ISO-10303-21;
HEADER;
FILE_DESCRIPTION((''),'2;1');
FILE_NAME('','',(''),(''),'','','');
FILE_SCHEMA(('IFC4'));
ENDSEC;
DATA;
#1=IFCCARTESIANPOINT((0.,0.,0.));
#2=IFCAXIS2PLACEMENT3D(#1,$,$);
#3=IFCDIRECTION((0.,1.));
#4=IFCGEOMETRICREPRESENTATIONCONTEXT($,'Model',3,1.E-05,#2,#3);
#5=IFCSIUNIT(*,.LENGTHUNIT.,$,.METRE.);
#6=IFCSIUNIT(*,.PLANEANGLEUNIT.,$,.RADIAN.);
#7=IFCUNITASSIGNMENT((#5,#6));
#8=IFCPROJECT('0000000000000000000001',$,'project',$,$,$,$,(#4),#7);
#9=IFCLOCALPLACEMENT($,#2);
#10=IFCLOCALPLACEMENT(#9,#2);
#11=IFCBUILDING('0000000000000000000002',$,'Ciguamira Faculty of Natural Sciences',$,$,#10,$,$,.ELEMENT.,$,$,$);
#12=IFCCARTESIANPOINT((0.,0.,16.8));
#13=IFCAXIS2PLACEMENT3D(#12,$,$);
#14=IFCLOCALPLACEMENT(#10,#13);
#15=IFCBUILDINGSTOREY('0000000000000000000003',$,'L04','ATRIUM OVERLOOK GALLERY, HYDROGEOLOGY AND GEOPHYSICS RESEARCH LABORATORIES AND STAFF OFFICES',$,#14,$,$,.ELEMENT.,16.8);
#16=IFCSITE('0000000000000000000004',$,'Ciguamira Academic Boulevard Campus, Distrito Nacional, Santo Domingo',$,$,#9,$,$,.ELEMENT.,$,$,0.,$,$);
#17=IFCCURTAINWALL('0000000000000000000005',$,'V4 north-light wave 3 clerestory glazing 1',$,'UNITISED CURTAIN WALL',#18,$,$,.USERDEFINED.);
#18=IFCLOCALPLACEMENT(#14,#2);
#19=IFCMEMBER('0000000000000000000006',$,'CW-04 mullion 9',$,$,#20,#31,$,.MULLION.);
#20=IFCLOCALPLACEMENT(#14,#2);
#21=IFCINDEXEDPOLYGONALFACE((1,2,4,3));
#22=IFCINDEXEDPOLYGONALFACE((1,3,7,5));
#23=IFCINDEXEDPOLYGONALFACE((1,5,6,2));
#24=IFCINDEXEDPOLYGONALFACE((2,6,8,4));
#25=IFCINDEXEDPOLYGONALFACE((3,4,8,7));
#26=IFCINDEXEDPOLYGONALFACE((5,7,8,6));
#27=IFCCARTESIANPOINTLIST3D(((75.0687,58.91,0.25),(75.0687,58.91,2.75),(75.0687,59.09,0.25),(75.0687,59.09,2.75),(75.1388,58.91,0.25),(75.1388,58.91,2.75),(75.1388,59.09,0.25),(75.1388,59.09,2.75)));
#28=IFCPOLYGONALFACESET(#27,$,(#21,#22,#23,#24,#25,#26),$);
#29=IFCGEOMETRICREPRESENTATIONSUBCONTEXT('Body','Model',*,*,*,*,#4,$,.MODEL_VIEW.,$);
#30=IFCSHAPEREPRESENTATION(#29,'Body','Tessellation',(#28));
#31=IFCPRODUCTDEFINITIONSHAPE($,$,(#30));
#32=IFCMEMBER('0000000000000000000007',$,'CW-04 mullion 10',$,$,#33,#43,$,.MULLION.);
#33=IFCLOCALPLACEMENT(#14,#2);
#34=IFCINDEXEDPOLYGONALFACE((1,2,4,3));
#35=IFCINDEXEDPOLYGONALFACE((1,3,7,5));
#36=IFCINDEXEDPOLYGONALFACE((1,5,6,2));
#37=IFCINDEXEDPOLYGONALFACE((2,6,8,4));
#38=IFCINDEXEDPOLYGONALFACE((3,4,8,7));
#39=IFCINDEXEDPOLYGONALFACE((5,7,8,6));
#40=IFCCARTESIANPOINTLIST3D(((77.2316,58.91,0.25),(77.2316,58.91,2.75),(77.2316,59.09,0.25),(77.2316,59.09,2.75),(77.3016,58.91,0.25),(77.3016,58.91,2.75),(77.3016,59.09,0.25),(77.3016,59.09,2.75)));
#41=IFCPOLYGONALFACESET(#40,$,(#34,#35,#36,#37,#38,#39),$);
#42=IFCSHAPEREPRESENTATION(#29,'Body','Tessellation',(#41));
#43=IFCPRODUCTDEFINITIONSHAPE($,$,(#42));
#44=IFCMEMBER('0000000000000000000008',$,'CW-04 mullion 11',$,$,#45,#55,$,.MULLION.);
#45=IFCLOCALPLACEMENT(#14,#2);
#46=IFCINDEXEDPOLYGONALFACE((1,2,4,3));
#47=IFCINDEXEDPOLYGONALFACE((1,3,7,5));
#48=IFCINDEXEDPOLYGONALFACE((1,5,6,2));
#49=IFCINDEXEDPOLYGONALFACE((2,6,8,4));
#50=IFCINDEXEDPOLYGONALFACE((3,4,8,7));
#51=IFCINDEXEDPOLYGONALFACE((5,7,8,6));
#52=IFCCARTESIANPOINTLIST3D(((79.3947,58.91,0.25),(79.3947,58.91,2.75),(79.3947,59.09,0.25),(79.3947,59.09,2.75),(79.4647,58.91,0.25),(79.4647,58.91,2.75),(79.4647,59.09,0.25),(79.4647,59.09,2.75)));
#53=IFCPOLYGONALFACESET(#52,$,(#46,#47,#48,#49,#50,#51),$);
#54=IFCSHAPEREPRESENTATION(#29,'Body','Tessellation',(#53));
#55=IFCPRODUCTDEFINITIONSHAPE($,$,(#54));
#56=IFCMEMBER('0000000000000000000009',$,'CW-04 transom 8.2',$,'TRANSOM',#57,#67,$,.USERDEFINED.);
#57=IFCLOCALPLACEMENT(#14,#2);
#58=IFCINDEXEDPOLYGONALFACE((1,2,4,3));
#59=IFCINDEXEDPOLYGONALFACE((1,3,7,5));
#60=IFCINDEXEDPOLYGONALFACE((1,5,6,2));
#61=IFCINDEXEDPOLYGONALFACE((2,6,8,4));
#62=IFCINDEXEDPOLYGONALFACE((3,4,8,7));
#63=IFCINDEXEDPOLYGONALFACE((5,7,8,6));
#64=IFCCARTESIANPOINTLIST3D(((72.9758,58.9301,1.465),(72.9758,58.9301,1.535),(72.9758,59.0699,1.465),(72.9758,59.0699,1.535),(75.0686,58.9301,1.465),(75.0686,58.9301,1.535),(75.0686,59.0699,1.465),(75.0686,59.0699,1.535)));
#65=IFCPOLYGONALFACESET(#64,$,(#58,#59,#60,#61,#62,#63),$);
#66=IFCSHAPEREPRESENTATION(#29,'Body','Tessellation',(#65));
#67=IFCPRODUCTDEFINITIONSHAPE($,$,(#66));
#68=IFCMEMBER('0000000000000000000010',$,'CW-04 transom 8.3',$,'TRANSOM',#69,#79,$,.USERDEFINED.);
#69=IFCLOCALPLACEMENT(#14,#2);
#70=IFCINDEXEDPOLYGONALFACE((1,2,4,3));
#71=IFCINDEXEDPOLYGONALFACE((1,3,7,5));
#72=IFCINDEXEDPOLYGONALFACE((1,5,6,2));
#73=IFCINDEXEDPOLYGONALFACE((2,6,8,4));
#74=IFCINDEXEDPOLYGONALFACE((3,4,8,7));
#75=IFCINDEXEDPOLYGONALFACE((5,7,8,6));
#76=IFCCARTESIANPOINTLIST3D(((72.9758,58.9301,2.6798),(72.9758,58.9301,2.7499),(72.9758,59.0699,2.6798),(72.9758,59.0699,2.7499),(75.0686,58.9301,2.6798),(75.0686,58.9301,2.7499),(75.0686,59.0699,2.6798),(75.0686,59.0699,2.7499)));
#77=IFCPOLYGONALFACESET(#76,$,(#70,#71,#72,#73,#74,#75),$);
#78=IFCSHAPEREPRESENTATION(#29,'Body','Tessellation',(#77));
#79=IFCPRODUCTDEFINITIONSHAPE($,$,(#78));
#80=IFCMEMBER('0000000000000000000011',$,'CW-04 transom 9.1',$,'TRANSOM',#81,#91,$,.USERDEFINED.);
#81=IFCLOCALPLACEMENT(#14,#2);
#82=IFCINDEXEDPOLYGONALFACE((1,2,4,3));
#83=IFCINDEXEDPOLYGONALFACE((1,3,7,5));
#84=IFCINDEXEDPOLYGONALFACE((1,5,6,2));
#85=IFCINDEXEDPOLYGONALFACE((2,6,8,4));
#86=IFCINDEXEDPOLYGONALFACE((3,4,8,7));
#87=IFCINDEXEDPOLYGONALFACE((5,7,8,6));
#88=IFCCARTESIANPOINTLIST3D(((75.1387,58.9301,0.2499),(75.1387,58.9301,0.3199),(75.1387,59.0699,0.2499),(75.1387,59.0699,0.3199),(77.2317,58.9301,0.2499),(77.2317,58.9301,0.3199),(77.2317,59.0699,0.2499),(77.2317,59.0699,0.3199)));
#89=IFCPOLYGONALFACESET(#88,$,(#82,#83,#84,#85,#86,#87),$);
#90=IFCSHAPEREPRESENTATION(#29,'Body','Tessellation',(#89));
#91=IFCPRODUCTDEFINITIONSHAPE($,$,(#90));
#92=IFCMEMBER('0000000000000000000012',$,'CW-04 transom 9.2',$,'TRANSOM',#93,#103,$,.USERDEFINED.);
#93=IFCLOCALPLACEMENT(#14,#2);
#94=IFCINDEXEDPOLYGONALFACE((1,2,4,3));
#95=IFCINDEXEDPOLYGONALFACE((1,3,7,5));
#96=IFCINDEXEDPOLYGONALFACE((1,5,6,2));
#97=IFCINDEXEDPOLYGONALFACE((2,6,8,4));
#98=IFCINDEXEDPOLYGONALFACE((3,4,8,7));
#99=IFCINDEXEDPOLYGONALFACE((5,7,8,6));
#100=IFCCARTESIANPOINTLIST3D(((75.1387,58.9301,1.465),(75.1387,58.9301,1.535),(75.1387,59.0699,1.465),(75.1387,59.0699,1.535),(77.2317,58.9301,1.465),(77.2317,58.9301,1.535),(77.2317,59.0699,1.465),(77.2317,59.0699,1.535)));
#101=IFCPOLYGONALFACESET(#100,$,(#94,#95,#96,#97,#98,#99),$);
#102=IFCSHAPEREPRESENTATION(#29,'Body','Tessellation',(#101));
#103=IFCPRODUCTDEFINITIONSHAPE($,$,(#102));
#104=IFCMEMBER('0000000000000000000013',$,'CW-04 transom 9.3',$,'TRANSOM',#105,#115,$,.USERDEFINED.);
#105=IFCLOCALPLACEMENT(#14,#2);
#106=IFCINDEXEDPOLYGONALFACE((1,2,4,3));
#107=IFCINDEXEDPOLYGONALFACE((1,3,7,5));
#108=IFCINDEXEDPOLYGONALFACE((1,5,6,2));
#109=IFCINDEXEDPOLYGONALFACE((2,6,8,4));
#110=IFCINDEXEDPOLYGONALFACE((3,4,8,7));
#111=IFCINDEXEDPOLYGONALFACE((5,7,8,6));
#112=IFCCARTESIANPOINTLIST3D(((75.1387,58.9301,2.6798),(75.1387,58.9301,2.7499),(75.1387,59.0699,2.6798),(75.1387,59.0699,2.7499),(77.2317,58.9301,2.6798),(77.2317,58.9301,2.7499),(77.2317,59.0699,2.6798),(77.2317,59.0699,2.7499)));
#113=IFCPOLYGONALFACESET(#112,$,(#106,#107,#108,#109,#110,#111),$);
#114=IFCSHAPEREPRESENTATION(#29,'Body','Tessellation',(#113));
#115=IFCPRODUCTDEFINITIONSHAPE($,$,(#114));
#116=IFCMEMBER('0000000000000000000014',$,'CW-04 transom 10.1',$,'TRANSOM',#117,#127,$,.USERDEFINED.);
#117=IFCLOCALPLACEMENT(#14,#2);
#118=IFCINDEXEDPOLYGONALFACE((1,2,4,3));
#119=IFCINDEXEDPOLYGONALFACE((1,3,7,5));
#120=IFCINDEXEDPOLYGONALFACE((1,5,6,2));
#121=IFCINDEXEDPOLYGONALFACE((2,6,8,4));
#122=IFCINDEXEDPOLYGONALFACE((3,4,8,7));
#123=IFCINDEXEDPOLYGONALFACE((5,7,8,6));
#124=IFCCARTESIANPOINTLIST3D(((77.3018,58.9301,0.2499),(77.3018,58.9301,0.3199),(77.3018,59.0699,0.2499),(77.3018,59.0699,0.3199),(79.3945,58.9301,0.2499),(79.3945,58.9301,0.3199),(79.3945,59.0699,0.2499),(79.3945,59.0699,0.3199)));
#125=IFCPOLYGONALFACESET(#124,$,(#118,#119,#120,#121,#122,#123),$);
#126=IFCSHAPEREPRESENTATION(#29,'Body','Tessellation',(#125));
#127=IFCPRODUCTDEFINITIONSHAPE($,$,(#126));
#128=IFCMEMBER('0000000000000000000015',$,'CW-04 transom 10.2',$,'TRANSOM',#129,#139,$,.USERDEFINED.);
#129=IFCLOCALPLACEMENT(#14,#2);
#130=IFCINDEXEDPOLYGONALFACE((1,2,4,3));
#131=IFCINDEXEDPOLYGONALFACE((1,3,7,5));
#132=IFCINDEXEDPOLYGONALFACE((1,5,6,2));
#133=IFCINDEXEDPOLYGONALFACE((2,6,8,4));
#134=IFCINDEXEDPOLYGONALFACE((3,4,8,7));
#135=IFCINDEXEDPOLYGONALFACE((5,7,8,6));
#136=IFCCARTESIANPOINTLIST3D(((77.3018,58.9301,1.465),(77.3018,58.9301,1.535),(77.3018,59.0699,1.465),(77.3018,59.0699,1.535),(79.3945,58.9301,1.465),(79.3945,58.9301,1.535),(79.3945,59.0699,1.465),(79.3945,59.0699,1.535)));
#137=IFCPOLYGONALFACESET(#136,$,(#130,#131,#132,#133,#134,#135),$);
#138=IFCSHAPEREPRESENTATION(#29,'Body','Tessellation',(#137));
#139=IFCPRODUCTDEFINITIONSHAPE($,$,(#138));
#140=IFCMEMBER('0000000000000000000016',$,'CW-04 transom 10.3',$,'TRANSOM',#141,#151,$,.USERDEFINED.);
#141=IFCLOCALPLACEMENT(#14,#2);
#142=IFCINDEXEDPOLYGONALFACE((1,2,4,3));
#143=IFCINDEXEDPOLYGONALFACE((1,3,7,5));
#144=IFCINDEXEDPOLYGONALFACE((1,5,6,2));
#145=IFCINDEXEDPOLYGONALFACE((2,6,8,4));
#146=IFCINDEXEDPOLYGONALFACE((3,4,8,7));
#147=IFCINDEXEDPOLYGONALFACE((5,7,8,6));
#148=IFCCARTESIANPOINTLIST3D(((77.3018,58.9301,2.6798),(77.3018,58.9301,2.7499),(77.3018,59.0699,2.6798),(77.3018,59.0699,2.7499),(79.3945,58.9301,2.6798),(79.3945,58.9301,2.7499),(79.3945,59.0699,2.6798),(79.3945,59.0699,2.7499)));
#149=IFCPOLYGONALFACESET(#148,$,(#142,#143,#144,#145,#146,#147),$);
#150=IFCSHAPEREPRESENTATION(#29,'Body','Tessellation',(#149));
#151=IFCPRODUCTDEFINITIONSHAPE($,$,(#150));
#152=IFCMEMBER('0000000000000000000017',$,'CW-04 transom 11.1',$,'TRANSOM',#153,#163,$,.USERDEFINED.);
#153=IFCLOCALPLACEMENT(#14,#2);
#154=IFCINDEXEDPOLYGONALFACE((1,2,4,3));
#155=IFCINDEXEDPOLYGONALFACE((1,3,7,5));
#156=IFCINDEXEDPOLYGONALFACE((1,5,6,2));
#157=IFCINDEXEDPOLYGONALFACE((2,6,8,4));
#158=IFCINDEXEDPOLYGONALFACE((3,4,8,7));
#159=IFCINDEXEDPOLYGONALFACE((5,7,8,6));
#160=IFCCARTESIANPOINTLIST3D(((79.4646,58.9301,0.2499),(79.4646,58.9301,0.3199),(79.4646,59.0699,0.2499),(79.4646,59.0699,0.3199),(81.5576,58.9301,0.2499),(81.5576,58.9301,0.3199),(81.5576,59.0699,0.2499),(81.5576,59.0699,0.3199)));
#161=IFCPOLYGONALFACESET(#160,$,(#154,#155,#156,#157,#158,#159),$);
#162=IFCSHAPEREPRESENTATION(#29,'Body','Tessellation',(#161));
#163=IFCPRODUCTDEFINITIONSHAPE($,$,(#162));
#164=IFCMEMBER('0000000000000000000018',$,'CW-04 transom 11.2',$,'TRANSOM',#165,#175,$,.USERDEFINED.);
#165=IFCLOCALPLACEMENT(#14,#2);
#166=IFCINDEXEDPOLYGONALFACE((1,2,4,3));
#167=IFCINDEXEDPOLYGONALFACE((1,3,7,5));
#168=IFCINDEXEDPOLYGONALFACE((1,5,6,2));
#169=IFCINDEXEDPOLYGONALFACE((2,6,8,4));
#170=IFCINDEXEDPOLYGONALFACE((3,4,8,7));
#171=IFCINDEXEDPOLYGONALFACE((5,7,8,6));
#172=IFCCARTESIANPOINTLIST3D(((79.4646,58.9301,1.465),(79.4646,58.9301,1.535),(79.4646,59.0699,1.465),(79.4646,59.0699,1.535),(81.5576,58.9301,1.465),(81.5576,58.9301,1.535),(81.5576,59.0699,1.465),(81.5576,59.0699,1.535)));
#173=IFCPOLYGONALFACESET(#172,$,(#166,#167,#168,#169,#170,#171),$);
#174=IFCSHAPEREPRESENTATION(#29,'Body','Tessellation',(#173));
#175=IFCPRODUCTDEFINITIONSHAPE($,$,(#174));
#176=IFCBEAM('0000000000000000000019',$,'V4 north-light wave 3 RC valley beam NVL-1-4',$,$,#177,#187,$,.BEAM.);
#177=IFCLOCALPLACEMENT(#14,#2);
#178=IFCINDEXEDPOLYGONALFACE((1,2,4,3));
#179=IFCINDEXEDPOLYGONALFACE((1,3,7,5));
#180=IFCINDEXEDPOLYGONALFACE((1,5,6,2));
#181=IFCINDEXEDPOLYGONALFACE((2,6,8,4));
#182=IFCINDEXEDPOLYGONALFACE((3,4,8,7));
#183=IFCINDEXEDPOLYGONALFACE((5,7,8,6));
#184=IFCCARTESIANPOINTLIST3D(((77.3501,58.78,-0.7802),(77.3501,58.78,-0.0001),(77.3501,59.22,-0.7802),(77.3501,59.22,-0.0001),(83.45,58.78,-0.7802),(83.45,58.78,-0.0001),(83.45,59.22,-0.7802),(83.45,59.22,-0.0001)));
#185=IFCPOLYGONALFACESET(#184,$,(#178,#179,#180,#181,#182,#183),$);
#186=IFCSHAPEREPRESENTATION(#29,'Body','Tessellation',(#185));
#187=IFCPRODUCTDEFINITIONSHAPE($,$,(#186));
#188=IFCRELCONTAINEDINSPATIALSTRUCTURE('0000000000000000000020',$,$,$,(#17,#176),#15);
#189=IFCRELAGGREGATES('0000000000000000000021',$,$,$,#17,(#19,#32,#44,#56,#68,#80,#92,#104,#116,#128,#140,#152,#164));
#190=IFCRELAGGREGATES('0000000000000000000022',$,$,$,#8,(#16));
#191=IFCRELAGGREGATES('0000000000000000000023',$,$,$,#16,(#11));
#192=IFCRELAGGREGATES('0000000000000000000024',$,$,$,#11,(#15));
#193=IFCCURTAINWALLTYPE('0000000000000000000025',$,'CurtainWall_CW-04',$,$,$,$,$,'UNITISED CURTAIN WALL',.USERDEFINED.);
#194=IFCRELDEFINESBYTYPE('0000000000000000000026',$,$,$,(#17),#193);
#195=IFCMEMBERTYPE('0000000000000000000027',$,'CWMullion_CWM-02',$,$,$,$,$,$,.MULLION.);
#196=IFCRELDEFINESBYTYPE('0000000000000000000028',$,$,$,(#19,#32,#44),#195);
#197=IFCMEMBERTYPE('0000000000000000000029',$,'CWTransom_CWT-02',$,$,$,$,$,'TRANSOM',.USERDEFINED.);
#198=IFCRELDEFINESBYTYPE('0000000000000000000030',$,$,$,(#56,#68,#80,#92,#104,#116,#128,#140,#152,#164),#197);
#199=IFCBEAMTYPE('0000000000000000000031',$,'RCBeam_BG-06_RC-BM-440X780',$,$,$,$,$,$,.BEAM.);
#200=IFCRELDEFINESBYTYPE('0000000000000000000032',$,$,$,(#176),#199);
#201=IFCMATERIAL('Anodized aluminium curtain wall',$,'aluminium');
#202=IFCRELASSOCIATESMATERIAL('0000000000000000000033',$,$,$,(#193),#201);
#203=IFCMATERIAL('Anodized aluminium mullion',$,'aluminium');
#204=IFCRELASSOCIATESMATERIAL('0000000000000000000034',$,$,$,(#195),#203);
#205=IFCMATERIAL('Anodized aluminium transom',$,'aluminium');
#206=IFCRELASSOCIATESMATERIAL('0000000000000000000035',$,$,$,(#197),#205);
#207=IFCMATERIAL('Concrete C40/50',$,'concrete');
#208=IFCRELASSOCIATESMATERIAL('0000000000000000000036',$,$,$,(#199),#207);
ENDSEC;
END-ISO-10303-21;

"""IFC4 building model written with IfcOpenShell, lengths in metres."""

from ifc_helpers import new_model, si_unit, direction, frame, origin, origin_2d, place, context, subcontext, project, spatial, rectangle, extrude, material, material_profile, profile_set, type_object, element, aggregate, save


model = new_model("IFC4")

# Units and contexts
model_context = context("Model", 3, precision=1e-05, world=origin(), true_north=direction((0.0, 1.0)))
body_context = subcontext(model_context, "Body", "Model", "MODEL_VIEW")
ifc_project = project(units=[si_unit("LENGTHUNIT", "METRE"), si_unit("PLANEANGLEUNIT", "RADIAN")], contexts=[model_context])

# Site, building, storey
site_placement = place(None, origin())
site = spatial("IfcSite", under=ifc_project, at=site_placement, Name="Ciguamira Academic Boulevard Campus, Distrito Nacional, Santo Domingo", CompositionType="ELEMENT", RefElevation=0.0)
building_placement = place(site_placement, origin())
building = spatial("IfcBuilding", under=site, at=building_placement, Name="Ciguamira Faculty of Natural Sciences", CompositionType="ELEMENT")
storey_placement = place(building_placement, frame((0.0, 0.0, 16.8)))
storey = spatial("IfcBuildingStorey", under=building, at=storey_placement, Name="L04", Description="ATRIUM OVERLOOK GALLERY, HYDROGEOLOGY AND GEOPHYSICS RESEARCH LABORATORIES AND STAFF OFFICES", CompositionType="ELEMENT", Elevation=16.8)

# Curtain wall, members
ifc_material_1 = material(Name="Anodized aluminium curtain wall", Category="aluminium")
curtain_wall_type = type_object("IfcCurtainWallType", Name="CurtainWall_CW-04", ElementType="UNITISED CURTAIN WALL", PredefinedType="USERDEFINED", material=ifc_material_1)
curtain_wall_placement = place(storey_placement, origin())
curtain_wall = element("IfcCurtainWall", 1, at=curtain_wall_placement, inside=storey, type_object=curtain_wall_type, Name="V4 north-light wave 3 clerestory glazing 1", ObjectType="UNITISED CURTAIN WALL", PredefinedType="USERDEFINED")
ifc_material_2 = material(Name="Anodized aluminium mullion", Category="aluminium")
ifc_material_profile_1 = material_profile(ifc_material_2, rectangle(XDim=0.0701, YDim=0.1799, at=origin_2d()), Name="ALU-MUL-70X180")
ifc_profile_set_1 = profile_set([ifc_material_profile_1], Name="Anodized aluminium mullion")
member_type_1 = type_object("IfcMemberType", Name="CWMullion_CWM-02", PredefinedType="MULLION", material=ifc_profile_set_1)
member_1_placement = place(storey_placement, frame((75.1038, 59.0, 0.25), z_axis=(0.0, 0.0, 1.0), x_axis=(1.0, 0.0, 0.0)))
member_1 = element("IfcMember", 2, at=member_1_placement, type_object=member_type_1, Name="CW-04 mullion 9", PredefinedType="MULLION", context=body_context, shape_type="SweptSolid", body=[
    extrude(rectangle(XDim=0.0701, YDim=0.1799, at=origin_2d()), origin(), (0.0, 0.0, 1.0), 2.5),
])
member_2_placement = place(storey_placement, frame((77.2666, 59.0, 0.25), z_axis=(0.0, 0.0, 1.0), x_axis=(1.0, 0.0, 0.0)))
member_2 = element("IfcMember", 3, at=member_2_placement, type_object=member_type_1, Name="CW-04 mullion 10", PredefinedType="MULLION", context=body_context, shape_type="SweptSolid", body=[
    extrude(rectangle(XDim=0.0701, YDim=0.1799, at=origin_2d()), origin(), (0.0, 0.0, 1.0), 2.5),
])
member_3_placement = place(storey_placement, frame((79.4297, 59.0, 0.25), z_axis=(0.0, 0.0, 1.0), x_axis=(1.0, 0.0, 0.0)))
member_3 = element("IfcMember", 4, at=member_3_placement, type_object=member_type_1, Name="CW-04 mullion 11", PredefinedType="MULLION", context=body_context, shape_type="SweptSolid", body=[
    extrude(rectangle(XDim=0.0701, YDim=0.1799, at=origin_2d()), origin(), (0.0, 0.0, 1.0), 2.5),
])
ifc_material_3 = material(Name="Anodized aluminium transom", Category="aluminium")
ifc_material_profile_2 = material_profile(ifc_material_3, rectangle(XDim=0.0701, YDim=0.1399, at=origin_2d()), Name="ALU-TRN-70X140")
ifc_profile_set_2 = profile_set([ifc_material_profile_2], Name="Anodized aluminium transom")
member_type_2 = type_object("IfcMemberType", Name="CWTransom_CWT-02", ElementType="TRANSOM", PredefinedType="USERDEFINED", material=ifc_profile_set_2)
member_4_placement = place(storey_placement, frame((72.9758, 59.0, 1.5), z_axis=(1.0, 0.0, 0.0), x_axis=(0.0, 0.0, 1.0)))
member_4 = element("IfcMember", 5, at=member_4_placement, type_object=member_type_2, Name="CW-04 transom 8.2", ObjectType="TRANSOM", PredefinedType="USERDEFINED", context=body_context, shape_type="SweptSolid", body=[
    extrude(rectangle(XDim=0.0701, YDim=0.1399, at=origin_2d()), origin(), (0.0, 0.0, 1.0), 2.0928),
])
member_5_placement = place(storey_placement, frame((72.9758, 59.0, 2.7148), z_axis=(1.0, 0.0, 0.0), x_axis=(0.0, 0.0, 1.0)))
member_5 = element("IfcMember", 6, at=member_5_placement, type_object=member_type_2, Name="CW-04 transom 8.3", ObjectType="TRANSOM", PredefinedType="USERDEFINED", context=body_context, shape_type="SweptSolid", body=[
    extrude(rectangle(XDim=0.0701, YDim=0.1399, at=origin_2d()), origin(), (0.0, 0.0, 1.0), 2.0928),
])
member_6_placement = place(storey_placement, frame((75.1387, 59.0, 0.2849), z_axis=(1.0, 0.0, 0.0), x_axis=(0.0, 0.0, 1.0)))
member_6 = element("IfcMember", 7, at=member_6_placement, type_object=member_type_2, Name="CW-04 transom 9.1", ObjectType="TRANSOM", PredefinedType="USERDEFINED", context=body_context, shape_type="SweptSolid", body=[
    extrude(rectangle(XDim=0.0701, YDim=0.1399, at=origin_2d()), origin(), (0.0, 0.0, 1.0), 2.093),
])
member_7_placement = place(storey_placement, frame((75.1387, 59.0, 1.5), z_axis=(1.0, 0.0, 0.0), x_axis=(0.0, 0.0, 1.0)))
member_7 = element("IfcMember", 8, at=member_7_placement, type_object=member_type_2, Name="CW-04 transom 9.2", ObjectType="TRANSOM", PredefinedType="USERDEFINED", context=body_context, shape_type="SweptSolid", body=[
    extrude(rectangle(XDim=0.0701, YDim=0.1399, at=origin_2d()), origin(), (0.0, 0.0, 1.0), 2.093),
])
member_8_placement = place(storey_placement, frame((75.1387, 59.0, 2.7148), z_axis=(1.0, 0.0, 0.0), x_axis=(0.0, 0.0, 1.0)))
member_8 = element("IfcMember", 9, at=member_8_placement, type_object=member_type_2, Name="CW-04 transom 9.3", ObjectType="TRANSOM", PredefinedType="USERDEFINED", context=body_context, shape_type="SweptSolid", body=[
    extrude(rectangle(XDim=0.0701, YDim=0.1399, at=origin_2d()), origin(), (0.0, 0.0, 1.0), 2.093),
])
member_9_placement = place(storey_placement, frame((77.3018, 59.0, 0.2849), z_axis=(1.0, 0.0, 0.0), x_axis=(0.0, 0.0, 1.0)))
member_9 = element("IfcMember", 10, at=member_9_placement, type_object=member_type_2, Name="CW-04 transom 10.1", ObjectType="TRANSOM", PredefinedType="USERDEFINED", context=body_context, shape_type="SweptSolid", body=[
    extrude(rectangle(XDim=0.0701, YDim=0.1399, at=origin_2d()), origin(), (0.0, 0.0, 1.0), 2.0928),
])
member_10_placement = place(storey_placement, frame((77.3018, 59.0, 1.5), z_axis=(1.0, 0.0, 0.0), x_axis=(0.0, 0.0, 1.0)))
member_10 = element("IfcMember", 11, at=member_10_placement, type_object=member_type_2, Name="CW-04 transom 10.2", ObjectType="TRANSOM", PredefinedType="USERDEFINED", context=body_context, shape_type="SweptSolid", body=[
    extrude(rectangle(XDim=0.0701, YDim=0.1399, at=origin_2d()), origin(), (0.0, 0.0, 1.0), 2.0928),
])
member_11_placement = place(storey_placement, frame((77.3018, 59.0, 2.7148), z_axis=(1.0, 0.0, 0.0), x_axis=(0.0, 0.0, 1.0)))
member_11 = element("IfcMember", 12, at=member_11_placement, type_object=member_type_2, Name="CW-04 transom 10.3", ObjectType="TRANSOM", PredefinedType="USERDEFINED", context=body_context, shape_type="SweptSolid", body=[
    extrude(rectangle(XDim=0.0701, YDim=0.1399, at=origin_2d()), origin(), (0.0, 0.0, 1.0), 2.0928),
])
member_12_placement = place(storey_placement, frame((79.4646, 59.0, 0.2849), z_axis=(1.0, 0.0, 0.0), x_axis=(0.0, 0.0, 1.0)))
member_12 = element("IfcMember", 13, at=member_12_placement, type_object=member_type_2, Name="CW-04 transom 11.1", ObjectType="TRANSOM", PredefinedType="USERDEFINED", context=body_context, shape_type="SweptSolid", body=[
    extrude(rectangle(XDim=0.0701, YDim=0.1399, at=origin_2d()), origin(), (0.0, 0.0, 1.0), 2.093),
])
member_13_placement = place(storey_placement, frame((79.4646, 59.0, 1.5), z_axis=(1.0, 0.0, 0.0), x_axis=(0.0, 0.0, 1.0)))
member_13 = element("IfcMember", 14, at=member_13_placement, type_object=member_type_2, Name="CW-04 transom 11.2", ObjectType="TRANSOM", PredefinedType="USERDEFINED", context=body_context, shape_type="SweptSolid", body=[
    extrude(rectangle(XDim=0.0701, YDim=0.1399, at=origin_2d()), origin(), (0.0, 0.0, 1.0), 2.093),
])

# Beam
ifc_material_4 = material(Name="Concrete C40/50", Category="concrete")
ifc_material_profile_3 = material_profile(ifc_material_4, rectangle(XDim=0.4399, YDim=0.78, at=origin_2d()), Name="RC-BM-440X780")
ifc_profile_set_3 = profile_set([ifc_material_profile_3], Name="Concrete C40/50")
beam_type = type_object("IfcBeamType", Name="RCBeam_BG-06_RC-BM-440X780", PredefinedType="BEAM", material=ifc_profile_set_3)
beam_placement = place(storey_placement, frame((77.3501, 59.0, -0.3901), z_axis=(1.0, 0.0, 0.0), x_axis=(0.0, 1.0, 0.0)))
element("IfcBeam", 15, at=beam_placement, inside=storey, type_object=beam_type, Name="V4 north-light wave 3 RC valley beam NVL-1-4", PredefinedType="BEAM", context=body_context, shape_type="SweptSolid", body=[
    extrude(rectangle(XDim=0.4399, YDim=0.78, at=origin_2d()), origin(), (0.0, 0.0, 1.0), 6.0999),
])

aggregate(curtain_wall, [member_1, member_2, member_3, member_4, member_5, member_6, member_7, member_8, member_9, member_10, member_11, member_12, member_13])

save(model, "model.ifc")
